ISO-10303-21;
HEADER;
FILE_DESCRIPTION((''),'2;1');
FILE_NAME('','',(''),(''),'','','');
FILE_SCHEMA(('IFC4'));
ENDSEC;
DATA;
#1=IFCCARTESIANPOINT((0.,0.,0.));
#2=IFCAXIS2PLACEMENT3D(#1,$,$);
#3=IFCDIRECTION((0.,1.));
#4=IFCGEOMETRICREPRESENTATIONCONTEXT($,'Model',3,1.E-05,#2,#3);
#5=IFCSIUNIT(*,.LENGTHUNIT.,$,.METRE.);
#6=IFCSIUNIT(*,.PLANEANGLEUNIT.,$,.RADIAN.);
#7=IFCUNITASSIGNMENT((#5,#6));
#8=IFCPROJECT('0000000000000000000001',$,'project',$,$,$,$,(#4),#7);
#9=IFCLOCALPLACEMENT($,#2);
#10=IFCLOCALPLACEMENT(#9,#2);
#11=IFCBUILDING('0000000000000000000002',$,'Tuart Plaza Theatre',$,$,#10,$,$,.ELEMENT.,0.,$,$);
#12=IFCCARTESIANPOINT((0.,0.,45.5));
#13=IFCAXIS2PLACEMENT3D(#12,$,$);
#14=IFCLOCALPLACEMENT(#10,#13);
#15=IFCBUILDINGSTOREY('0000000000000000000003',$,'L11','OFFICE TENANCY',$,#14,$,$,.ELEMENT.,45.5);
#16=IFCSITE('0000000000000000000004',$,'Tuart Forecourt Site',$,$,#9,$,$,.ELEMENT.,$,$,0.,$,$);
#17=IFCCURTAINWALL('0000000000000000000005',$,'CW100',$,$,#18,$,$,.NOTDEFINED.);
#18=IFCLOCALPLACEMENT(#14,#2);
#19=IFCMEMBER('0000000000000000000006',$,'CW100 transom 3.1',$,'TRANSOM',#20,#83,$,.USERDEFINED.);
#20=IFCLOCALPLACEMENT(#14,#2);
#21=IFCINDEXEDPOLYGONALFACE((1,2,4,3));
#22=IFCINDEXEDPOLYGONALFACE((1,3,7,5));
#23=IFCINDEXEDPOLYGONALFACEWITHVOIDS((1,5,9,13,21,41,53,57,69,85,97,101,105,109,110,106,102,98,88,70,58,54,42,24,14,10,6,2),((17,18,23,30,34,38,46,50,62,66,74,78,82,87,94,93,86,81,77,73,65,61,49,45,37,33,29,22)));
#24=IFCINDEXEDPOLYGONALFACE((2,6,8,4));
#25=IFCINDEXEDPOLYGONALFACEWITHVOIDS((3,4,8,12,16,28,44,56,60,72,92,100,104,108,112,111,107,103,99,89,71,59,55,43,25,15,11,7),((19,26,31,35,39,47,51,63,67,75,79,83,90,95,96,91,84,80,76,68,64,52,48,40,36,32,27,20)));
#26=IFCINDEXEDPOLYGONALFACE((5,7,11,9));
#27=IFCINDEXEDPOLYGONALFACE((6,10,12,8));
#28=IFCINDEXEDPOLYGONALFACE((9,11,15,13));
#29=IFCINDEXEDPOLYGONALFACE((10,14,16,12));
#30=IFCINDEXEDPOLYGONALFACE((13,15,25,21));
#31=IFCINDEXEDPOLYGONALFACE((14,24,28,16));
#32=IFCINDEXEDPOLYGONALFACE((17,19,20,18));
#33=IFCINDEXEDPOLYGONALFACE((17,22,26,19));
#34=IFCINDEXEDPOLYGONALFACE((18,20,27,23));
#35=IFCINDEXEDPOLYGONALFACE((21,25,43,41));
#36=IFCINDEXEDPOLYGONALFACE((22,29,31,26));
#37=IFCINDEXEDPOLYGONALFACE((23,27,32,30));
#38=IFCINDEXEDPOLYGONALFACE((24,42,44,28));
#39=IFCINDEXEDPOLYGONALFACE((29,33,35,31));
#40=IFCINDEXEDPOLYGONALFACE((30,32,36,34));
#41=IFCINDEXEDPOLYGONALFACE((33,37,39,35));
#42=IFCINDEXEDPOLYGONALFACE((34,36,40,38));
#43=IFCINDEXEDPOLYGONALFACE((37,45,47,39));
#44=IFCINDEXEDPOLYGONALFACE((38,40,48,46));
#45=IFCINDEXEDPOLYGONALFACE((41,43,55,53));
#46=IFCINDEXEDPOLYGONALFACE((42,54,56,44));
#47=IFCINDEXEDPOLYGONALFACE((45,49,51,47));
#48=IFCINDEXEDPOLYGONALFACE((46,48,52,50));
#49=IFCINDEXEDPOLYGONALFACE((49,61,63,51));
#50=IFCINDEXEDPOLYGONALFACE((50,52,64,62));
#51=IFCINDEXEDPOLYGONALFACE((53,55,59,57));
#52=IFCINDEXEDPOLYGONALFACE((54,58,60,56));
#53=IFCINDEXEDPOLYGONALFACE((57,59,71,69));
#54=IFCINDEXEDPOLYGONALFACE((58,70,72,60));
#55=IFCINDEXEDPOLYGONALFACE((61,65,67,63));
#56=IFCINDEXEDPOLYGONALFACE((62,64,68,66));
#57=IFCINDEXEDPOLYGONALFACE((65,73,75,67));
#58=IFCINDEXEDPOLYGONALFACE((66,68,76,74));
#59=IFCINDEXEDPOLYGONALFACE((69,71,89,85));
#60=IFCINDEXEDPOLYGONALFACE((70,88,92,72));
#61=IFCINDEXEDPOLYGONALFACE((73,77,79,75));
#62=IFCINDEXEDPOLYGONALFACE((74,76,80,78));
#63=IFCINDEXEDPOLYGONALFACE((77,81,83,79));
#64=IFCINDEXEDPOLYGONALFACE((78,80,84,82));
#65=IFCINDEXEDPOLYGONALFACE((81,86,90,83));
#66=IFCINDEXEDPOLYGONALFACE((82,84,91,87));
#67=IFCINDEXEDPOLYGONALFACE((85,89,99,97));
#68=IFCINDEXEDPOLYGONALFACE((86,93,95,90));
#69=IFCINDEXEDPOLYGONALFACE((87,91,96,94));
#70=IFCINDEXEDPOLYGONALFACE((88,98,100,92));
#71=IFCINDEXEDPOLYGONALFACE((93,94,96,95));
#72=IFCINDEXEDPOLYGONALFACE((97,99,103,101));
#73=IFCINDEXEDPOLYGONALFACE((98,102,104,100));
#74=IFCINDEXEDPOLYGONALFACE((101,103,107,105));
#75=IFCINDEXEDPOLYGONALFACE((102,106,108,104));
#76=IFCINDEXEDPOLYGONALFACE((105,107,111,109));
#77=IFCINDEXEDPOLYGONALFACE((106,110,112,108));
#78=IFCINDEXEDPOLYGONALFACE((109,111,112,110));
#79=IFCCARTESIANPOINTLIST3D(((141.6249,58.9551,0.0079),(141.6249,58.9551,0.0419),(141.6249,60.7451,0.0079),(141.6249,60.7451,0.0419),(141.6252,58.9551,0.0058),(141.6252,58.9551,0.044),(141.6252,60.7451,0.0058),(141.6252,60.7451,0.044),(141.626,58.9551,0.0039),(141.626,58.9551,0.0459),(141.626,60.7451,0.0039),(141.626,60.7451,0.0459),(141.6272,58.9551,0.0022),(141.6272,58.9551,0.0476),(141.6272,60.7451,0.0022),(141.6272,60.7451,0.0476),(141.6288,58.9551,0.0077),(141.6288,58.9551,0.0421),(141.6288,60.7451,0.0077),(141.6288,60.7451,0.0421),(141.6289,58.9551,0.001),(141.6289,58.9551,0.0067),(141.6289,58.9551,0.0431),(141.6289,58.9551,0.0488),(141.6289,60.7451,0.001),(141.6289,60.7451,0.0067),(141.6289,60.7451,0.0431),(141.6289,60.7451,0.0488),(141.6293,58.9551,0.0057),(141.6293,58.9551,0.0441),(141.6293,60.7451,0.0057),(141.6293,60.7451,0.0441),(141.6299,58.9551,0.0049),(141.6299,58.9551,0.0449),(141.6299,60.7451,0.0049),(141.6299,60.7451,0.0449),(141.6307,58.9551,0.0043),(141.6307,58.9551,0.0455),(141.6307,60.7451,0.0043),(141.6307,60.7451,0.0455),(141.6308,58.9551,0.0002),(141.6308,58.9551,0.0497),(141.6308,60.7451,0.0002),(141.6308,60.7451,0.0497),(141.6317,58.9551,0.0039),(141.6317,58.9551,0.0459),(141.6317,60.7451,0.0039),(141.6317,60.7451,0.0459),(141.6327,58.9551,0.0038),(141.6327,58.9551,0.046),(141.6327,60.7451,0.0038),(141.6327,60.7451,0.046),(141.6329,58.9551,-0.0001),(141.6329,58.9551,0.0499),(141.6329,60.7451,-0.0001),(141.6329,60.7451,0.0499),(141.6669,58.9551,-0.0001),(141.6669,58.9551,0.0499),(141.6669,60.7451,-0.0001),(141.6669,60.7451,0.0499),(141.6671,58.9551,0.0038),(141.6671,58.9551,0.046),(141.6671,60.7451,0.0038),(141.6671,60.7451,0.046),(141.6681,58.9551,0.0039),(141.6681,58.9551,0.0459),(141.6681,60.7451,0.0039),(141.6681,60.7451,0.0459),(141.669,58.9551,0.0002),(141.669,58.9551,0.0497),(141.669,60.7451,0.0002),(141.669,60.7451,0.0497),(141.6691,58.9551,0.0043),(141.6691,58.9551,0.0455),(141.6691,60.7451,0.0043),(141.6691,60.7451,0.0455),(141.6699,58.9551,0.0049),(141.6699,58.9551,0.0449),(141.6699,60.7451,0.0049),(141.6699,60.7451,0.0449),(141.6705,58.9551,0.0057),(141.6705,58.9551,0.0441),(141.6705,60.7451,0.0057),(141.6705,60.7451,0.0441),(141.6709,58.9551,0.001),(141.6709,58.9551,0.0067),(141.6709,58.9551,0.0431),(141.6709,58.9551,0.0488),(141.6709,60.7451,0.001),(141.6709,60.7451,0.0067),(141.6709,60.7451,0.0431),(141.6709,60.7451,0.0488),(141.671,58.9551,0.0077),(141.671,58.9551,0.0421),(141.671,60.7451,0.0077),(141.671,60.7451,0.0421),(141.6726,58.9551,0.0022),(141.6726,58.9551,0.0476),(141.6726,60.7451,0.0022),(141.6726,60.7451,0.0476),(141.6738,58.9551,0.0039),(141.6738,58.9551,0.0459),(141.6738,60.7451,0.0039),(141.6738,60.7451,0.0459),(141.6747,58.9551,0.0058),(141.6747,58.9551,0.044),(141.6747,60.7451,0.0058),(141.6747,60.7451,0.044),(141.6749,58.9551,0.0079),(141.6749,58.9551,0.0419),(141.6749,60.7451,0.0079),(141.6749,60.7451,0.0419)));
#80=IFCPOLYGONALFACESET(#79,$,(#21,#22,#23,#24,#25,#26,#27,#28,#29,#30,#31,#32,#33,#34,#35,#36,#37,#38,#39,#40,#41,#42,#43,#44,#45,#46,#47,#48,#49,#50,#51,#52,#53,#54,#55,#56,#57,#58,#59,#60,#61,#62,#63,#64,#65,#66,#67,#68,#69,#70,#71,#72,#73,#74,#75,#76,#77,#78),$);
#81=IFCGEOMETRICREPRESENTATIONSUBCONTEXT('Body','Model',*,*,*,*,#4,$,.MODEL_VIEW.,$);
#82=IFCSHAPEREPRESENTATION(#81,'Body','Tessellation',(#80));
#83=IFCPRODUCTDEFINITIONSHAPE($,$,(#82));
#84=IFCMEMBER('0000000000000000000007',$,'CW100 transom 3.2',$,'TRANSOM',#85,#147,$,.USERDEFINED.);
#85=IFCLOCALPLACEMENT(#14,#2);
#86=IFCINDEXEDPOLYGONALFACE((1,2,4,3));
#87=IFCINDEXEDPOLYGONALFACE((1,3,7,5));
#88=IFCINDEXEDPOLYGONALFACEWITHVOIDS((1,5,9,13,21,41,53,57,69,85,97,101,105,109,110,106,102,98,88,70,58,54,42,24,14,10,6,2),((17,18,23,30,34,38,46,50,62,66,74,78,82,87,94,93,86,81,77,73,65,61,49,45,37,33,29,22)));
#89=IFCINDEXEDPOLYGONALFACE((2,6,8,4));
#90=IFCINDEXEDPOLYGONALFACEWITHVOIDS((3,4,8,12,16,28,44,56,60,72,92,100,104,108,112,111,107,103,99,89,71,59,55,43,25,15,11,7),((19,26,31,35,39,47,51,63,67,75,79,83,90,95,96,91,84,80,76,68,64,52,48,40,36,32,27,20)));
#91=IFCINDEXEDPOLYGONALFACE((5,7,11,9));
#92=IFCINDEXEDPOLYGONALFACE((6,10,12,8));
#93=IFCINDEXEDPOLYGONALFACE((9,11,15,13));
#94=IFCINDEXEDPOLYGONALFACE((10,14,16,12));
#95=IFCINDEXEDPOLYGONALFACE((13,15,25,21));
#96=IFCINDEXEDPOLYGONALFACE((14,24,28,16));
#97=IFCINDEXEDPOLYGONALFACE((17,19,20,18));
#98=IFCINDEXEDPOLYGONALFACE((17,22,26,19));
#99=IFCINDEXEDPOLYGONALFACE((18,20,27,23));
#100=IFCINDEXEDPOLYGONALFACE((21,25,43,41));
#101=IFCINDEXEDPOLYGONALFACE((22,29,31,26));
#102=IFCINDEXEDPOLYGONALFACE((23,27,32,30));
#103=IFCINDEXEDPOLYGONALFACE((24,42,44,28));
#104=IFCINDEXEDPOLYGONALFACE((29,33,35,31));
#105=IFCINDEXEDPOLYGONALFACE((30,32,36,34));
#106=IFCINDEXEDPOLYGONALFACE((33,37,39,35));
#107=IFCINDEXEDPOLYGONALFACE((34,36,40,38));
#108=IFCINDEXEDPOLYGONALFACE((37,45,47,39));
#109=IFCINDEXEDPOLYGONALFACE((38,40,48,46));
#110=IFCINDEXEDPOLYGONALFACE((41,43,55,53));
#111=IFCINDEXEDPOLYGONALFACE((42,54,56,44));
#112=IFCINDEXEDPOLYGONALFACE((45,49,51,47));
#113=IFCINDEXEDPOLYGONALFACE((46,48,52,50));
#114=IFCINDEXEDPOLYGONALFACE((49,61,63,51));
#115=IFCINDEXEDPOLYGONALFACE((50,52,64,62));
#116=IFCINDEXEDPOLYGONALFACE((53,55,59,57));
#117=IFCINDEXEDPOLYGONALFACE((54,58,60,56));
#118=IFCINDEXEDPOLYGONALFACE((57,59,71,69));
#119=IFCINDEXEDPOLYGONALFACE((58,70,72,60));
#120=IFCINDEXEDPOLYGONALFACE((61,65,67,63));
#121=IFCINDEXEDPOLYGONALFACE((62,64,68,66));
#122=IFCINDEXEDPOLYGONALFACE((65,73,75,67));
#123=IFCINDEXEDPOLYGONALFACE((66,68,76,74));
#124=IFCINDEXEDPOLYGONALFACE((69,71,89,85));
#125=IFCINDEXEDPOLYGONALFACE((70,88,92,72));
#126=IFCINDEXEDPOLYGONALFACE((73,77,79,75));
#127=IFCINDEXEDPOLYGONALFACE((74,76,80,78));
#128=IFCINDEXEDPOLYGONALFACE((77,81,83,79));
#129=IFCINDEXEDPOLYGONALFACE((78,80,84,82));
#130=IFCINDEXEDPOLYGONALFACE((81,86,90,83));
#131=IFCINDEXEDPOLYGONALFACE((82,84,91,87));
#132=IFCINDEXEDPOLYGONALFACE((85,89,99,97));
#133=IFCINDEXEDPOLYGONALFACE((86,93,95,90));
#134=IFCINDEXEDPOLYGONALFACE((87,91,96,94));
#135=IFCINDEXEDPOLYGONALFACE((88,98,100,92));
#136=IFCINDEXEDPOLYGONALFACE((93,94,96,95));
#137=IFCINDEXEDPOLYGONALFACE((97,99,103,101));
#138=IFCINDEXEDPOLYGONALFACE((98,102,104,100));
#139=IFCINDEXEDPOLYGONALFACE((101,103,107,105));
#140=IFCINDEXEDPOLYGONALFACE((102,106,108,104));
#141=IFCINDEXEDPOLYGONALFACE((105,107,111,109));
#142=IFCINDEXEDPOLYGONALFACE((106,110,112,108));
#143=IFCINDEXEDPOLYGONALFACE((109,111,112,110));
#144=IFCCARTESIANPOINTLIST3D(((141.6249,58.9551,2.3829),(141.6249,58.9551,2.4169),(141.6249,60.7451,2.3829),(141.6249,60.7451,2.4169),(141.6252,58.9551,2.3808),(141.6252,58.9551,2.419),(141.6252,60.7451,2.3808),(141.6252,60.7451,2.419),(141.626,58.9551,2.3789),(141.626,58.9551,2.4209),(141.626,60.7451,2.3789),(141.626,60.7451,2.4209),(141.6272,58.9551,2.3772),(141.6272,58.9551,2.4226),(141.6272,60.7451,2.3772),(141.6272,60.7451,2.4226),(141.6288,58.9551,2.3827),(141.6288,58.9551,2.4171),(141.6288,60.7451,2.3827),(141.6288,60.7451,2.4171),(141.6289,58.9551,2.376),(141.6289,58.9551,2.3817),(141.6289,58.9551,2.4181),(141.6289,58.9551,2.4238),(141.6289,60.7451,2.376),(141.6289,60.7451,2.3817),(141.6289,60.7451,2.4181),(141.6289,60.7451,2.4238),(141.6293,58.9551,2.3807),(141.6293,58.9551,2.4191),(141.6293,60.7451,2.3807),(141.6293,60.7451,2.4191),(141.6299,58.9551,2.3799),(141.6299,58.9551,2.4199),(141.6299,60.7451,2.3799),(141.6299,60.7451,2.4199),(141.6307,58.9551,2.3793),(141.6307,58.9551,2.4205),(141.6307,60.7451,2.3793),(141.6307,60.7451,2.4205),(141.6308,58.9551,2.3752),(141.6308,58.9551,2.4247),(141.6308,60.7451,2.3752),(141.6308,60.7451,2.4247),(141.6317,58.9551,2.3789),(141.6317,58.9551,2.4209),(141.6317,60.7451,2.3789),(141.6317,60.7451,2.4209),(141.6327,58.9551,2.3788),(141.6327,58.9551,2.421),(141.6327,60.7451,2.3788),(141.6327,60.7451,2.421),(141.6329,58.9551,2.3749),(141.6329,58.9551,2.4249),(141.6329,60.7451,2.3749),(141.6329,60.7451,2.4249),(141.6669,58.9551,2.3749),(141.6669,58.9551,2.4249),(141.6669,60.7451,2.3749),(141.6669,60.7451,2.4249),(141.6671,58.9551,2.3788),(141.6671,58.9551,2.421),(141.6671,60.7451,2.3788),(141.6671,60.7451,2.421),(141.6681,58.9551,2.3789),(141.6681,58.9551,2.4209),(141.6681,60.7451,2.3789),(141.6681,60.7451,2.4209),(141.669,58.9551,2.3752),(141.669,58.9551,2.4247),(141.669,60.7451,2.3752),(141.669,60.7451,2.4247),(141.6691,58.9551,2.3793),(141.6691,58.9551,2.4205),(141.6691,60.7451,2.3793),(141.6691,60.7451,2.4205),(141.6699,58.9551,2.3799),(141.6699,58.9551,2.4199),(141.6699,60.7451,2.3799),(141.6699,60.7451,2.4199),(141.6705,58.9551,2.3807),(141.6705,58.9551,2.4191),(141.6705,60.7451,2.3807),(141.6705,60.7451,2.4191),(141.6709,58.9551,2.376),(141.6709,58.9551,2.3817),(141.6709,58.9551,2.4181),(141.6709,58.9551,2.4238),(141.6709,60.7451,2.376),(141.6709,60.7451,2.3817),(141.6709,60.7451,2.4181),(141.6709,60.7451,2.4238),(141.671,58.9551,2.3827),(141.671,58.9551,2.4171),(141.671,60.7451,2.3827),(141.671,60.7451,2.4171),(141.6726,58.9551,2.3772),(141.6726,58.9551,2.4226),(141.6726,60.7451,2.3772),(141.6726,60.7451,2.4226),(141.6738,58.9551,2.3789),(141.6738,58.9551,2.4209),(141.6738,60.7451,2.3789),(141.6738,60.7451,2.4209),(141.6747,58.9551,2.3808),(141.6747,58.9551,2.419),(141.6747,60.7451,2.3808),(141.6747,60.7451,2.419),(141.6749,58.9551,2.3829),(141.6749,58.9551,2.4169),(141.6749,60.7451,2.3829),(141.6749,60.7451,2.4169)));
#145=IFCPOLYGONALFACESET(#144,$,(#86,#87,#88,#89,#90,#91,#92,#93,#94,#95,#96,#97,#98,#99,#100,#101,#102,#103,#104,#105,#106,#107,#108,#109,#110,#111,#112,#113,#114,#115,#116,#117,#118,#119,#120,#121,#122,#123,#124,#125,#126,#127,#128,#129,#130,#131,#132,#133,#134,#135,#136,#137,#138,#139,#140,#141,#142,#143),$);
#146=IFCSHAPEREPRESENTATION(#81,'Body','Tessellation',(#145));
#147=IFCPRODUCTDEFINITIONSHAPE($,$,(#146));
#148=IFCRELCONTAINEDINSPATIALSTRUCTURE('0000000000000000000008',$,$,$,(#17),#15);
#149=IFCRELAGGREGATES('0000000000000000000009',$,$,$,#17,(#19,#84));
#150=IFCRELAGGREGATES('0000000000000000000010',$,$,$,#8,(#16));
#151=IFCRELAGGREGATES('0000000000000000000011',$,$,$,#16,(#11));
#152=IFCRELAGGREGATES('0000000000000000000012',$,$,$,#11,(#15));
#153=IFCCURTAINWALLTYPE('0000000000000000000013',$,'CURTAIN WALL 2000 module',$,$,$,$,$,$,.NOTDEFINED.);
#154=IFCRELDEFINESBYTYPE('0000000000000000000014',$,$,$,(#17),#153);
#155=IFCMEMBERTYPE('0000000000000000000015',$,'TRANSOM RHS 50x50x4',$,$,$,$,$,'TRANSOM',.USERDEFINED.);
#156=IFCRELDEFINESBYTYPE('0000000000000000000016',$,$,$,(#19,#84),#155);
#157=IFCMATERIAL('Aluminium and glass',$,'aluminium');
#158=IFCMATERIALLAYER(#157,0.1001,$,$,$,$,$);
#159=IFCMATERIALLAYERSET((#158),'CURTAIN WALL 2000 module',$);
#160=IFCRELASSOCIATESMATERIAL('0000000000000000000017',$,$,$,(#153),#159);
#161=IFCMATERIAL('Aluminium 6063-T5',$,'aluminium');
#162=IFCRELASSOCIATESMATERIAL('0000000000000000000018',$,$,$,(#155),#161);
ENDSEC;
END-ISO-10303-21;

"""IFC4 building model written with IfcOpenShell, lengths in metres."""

from ifc_helpers import new_model, si_unit, direction, frame, origin, origin_2d, place, context, subcontext, project, spatial, hollow_rectangle, extrude, material, layer, layer_set, material_profile, profile_set, type_object, element, aggregate, save


model = new_model("IFC4")

# Units and contexts
model_context = context("Model", 3, precision=1e-05, world=origin(), true_north=direction((0.0, 1.0)))
body_context = subcontext(model_context, "Body", "Model", "MODEL_VIEW")
ifc_project = project(units=[si_unit("LENGTHUNIT", "METRE"), si_unit("PLANEANGLEUNIT", "RADIAN")], contexts=[model_context])

# Site, building, storey
site_placement = place(None, origin())
site = spatial("IfcSite", under=ifc_project, at=site_placement, Name="Tuart Forecourt Site", CompositionType="ELEMENT", RefElevation=0.0)
building_placement = place(site_placement, origin())
building = spatial("IfcBuilding", under=site, at=building_placement, Name="Tuart Plaza Theatre", CompositionType="ELEMENT", ElevationOfRefHeight=0.0)
storey_placement = place(building_placement, frame((0.0, 0.0, 45.5)))
storey = spatial("IfcBuildingStorey", under=building, at=storey_placement, Name="L11", Description="OFFICE TENANCY", CompositionType="ELEMENT", Elevation=45.5)

# Curtain wall
ifc_material_1 = material(Name="Aluminium and glass", Category="aluminium")
ifc_layer_1 = layer(ifc_material_1, 0.1001)
ifc_layer_set_1 = layer_set([ifc_layer_1], Name="CURTAIN WALL 2000 module")
curtain_wall_type = type_object("IfcCurtainWallType", Name="CURTAIN WALL 2000 module", PredefinedType="NOTDEFINED", material=ifc_layer_set_1)
curtain_wall_1_placement = place(storey_placement, origin())
curtain_wall_1 = element("IfcCurtainWall", 1, at=curtain_wall_1_placement, inside=storey, type_object=curtain_wall_type, Name="CW100", PredefinedType="NOTDEFINED")

# Members
ifc_material_2 = material(Name="Aluminium 6063-T5", Category="aluminium")
ifc_material_profile_1 = material_profile(ifc_material_2, hollow_rectangle(XDim=0.05, YDim=0.05, WallThickness=0.0039, InnerFilletRadius=0.0039, OuterFilletRadius=0.0081, at=origin_2d()), Name="RHS 50x50x4")
ifc_profile_set_1 = profile_set([ifc_material_profile_1], Name="Aluminium 6063-T5")
member_type_1 = type_object("IfcMemberType", Name="TRANSOM RHS 50x50x4", ElementType="TRANSOM", PredefinedType="USERDEFINED", material=ifc_profile_set_1)
member_1_placement = place(storey_placement, frame((141.6499, 58.9551, 0.0249), z_axis=(0.0, 1.0, 0.0), x_axis=(-1.0, 0.0, 0.0)))
member_1 = element("IfcMember", 2, at=member_1_placement, type_object=member_type_1, Name="CW100 transom 3.1", ObjectType="TRANSOM", PredefinedType="USERDEFINED", context=body_context, shape_type="SweptSolid", body=[
    extrude(hollow_rectangle(XDim=0.05, YDim=0.05, WallThickness=0.0039, InnerFilletRadius=0.0039, OuterFilletRadius=0.0081, at=origin_2d()), origin(), (0.0, 0.0, 1.0), 1.79),
])
member_2_placement = place(storey_placement, frame((141.6499, 58.9551, 2.3999), z_axis=(0.0, 1.0, 0.0), x_axis=(-1.0, 0.0, 0.0)))
member_2 = element("IfcMember", 3, at=member_2_placement, type_object=member_type_1, Name="CW100 transom 3.2", ObjectType="TRANSOM", PredefinedType="USERDEFINED", context=body_context, shape_type="SweptSolid", body=[
    extrude(hollow_rectangle(XDim=0.05, YDim=0.05, WallThickness=0.0039, InnerFilletRadius=0.0039, OuterFilletRadius=0.0081, at=origin_2d()), origin(), (0.0, 0.0, 1.0), 1.79),
])

aggregate(curtain_wall_1, [member_1, member_2])

save(model, "model.ifc")
